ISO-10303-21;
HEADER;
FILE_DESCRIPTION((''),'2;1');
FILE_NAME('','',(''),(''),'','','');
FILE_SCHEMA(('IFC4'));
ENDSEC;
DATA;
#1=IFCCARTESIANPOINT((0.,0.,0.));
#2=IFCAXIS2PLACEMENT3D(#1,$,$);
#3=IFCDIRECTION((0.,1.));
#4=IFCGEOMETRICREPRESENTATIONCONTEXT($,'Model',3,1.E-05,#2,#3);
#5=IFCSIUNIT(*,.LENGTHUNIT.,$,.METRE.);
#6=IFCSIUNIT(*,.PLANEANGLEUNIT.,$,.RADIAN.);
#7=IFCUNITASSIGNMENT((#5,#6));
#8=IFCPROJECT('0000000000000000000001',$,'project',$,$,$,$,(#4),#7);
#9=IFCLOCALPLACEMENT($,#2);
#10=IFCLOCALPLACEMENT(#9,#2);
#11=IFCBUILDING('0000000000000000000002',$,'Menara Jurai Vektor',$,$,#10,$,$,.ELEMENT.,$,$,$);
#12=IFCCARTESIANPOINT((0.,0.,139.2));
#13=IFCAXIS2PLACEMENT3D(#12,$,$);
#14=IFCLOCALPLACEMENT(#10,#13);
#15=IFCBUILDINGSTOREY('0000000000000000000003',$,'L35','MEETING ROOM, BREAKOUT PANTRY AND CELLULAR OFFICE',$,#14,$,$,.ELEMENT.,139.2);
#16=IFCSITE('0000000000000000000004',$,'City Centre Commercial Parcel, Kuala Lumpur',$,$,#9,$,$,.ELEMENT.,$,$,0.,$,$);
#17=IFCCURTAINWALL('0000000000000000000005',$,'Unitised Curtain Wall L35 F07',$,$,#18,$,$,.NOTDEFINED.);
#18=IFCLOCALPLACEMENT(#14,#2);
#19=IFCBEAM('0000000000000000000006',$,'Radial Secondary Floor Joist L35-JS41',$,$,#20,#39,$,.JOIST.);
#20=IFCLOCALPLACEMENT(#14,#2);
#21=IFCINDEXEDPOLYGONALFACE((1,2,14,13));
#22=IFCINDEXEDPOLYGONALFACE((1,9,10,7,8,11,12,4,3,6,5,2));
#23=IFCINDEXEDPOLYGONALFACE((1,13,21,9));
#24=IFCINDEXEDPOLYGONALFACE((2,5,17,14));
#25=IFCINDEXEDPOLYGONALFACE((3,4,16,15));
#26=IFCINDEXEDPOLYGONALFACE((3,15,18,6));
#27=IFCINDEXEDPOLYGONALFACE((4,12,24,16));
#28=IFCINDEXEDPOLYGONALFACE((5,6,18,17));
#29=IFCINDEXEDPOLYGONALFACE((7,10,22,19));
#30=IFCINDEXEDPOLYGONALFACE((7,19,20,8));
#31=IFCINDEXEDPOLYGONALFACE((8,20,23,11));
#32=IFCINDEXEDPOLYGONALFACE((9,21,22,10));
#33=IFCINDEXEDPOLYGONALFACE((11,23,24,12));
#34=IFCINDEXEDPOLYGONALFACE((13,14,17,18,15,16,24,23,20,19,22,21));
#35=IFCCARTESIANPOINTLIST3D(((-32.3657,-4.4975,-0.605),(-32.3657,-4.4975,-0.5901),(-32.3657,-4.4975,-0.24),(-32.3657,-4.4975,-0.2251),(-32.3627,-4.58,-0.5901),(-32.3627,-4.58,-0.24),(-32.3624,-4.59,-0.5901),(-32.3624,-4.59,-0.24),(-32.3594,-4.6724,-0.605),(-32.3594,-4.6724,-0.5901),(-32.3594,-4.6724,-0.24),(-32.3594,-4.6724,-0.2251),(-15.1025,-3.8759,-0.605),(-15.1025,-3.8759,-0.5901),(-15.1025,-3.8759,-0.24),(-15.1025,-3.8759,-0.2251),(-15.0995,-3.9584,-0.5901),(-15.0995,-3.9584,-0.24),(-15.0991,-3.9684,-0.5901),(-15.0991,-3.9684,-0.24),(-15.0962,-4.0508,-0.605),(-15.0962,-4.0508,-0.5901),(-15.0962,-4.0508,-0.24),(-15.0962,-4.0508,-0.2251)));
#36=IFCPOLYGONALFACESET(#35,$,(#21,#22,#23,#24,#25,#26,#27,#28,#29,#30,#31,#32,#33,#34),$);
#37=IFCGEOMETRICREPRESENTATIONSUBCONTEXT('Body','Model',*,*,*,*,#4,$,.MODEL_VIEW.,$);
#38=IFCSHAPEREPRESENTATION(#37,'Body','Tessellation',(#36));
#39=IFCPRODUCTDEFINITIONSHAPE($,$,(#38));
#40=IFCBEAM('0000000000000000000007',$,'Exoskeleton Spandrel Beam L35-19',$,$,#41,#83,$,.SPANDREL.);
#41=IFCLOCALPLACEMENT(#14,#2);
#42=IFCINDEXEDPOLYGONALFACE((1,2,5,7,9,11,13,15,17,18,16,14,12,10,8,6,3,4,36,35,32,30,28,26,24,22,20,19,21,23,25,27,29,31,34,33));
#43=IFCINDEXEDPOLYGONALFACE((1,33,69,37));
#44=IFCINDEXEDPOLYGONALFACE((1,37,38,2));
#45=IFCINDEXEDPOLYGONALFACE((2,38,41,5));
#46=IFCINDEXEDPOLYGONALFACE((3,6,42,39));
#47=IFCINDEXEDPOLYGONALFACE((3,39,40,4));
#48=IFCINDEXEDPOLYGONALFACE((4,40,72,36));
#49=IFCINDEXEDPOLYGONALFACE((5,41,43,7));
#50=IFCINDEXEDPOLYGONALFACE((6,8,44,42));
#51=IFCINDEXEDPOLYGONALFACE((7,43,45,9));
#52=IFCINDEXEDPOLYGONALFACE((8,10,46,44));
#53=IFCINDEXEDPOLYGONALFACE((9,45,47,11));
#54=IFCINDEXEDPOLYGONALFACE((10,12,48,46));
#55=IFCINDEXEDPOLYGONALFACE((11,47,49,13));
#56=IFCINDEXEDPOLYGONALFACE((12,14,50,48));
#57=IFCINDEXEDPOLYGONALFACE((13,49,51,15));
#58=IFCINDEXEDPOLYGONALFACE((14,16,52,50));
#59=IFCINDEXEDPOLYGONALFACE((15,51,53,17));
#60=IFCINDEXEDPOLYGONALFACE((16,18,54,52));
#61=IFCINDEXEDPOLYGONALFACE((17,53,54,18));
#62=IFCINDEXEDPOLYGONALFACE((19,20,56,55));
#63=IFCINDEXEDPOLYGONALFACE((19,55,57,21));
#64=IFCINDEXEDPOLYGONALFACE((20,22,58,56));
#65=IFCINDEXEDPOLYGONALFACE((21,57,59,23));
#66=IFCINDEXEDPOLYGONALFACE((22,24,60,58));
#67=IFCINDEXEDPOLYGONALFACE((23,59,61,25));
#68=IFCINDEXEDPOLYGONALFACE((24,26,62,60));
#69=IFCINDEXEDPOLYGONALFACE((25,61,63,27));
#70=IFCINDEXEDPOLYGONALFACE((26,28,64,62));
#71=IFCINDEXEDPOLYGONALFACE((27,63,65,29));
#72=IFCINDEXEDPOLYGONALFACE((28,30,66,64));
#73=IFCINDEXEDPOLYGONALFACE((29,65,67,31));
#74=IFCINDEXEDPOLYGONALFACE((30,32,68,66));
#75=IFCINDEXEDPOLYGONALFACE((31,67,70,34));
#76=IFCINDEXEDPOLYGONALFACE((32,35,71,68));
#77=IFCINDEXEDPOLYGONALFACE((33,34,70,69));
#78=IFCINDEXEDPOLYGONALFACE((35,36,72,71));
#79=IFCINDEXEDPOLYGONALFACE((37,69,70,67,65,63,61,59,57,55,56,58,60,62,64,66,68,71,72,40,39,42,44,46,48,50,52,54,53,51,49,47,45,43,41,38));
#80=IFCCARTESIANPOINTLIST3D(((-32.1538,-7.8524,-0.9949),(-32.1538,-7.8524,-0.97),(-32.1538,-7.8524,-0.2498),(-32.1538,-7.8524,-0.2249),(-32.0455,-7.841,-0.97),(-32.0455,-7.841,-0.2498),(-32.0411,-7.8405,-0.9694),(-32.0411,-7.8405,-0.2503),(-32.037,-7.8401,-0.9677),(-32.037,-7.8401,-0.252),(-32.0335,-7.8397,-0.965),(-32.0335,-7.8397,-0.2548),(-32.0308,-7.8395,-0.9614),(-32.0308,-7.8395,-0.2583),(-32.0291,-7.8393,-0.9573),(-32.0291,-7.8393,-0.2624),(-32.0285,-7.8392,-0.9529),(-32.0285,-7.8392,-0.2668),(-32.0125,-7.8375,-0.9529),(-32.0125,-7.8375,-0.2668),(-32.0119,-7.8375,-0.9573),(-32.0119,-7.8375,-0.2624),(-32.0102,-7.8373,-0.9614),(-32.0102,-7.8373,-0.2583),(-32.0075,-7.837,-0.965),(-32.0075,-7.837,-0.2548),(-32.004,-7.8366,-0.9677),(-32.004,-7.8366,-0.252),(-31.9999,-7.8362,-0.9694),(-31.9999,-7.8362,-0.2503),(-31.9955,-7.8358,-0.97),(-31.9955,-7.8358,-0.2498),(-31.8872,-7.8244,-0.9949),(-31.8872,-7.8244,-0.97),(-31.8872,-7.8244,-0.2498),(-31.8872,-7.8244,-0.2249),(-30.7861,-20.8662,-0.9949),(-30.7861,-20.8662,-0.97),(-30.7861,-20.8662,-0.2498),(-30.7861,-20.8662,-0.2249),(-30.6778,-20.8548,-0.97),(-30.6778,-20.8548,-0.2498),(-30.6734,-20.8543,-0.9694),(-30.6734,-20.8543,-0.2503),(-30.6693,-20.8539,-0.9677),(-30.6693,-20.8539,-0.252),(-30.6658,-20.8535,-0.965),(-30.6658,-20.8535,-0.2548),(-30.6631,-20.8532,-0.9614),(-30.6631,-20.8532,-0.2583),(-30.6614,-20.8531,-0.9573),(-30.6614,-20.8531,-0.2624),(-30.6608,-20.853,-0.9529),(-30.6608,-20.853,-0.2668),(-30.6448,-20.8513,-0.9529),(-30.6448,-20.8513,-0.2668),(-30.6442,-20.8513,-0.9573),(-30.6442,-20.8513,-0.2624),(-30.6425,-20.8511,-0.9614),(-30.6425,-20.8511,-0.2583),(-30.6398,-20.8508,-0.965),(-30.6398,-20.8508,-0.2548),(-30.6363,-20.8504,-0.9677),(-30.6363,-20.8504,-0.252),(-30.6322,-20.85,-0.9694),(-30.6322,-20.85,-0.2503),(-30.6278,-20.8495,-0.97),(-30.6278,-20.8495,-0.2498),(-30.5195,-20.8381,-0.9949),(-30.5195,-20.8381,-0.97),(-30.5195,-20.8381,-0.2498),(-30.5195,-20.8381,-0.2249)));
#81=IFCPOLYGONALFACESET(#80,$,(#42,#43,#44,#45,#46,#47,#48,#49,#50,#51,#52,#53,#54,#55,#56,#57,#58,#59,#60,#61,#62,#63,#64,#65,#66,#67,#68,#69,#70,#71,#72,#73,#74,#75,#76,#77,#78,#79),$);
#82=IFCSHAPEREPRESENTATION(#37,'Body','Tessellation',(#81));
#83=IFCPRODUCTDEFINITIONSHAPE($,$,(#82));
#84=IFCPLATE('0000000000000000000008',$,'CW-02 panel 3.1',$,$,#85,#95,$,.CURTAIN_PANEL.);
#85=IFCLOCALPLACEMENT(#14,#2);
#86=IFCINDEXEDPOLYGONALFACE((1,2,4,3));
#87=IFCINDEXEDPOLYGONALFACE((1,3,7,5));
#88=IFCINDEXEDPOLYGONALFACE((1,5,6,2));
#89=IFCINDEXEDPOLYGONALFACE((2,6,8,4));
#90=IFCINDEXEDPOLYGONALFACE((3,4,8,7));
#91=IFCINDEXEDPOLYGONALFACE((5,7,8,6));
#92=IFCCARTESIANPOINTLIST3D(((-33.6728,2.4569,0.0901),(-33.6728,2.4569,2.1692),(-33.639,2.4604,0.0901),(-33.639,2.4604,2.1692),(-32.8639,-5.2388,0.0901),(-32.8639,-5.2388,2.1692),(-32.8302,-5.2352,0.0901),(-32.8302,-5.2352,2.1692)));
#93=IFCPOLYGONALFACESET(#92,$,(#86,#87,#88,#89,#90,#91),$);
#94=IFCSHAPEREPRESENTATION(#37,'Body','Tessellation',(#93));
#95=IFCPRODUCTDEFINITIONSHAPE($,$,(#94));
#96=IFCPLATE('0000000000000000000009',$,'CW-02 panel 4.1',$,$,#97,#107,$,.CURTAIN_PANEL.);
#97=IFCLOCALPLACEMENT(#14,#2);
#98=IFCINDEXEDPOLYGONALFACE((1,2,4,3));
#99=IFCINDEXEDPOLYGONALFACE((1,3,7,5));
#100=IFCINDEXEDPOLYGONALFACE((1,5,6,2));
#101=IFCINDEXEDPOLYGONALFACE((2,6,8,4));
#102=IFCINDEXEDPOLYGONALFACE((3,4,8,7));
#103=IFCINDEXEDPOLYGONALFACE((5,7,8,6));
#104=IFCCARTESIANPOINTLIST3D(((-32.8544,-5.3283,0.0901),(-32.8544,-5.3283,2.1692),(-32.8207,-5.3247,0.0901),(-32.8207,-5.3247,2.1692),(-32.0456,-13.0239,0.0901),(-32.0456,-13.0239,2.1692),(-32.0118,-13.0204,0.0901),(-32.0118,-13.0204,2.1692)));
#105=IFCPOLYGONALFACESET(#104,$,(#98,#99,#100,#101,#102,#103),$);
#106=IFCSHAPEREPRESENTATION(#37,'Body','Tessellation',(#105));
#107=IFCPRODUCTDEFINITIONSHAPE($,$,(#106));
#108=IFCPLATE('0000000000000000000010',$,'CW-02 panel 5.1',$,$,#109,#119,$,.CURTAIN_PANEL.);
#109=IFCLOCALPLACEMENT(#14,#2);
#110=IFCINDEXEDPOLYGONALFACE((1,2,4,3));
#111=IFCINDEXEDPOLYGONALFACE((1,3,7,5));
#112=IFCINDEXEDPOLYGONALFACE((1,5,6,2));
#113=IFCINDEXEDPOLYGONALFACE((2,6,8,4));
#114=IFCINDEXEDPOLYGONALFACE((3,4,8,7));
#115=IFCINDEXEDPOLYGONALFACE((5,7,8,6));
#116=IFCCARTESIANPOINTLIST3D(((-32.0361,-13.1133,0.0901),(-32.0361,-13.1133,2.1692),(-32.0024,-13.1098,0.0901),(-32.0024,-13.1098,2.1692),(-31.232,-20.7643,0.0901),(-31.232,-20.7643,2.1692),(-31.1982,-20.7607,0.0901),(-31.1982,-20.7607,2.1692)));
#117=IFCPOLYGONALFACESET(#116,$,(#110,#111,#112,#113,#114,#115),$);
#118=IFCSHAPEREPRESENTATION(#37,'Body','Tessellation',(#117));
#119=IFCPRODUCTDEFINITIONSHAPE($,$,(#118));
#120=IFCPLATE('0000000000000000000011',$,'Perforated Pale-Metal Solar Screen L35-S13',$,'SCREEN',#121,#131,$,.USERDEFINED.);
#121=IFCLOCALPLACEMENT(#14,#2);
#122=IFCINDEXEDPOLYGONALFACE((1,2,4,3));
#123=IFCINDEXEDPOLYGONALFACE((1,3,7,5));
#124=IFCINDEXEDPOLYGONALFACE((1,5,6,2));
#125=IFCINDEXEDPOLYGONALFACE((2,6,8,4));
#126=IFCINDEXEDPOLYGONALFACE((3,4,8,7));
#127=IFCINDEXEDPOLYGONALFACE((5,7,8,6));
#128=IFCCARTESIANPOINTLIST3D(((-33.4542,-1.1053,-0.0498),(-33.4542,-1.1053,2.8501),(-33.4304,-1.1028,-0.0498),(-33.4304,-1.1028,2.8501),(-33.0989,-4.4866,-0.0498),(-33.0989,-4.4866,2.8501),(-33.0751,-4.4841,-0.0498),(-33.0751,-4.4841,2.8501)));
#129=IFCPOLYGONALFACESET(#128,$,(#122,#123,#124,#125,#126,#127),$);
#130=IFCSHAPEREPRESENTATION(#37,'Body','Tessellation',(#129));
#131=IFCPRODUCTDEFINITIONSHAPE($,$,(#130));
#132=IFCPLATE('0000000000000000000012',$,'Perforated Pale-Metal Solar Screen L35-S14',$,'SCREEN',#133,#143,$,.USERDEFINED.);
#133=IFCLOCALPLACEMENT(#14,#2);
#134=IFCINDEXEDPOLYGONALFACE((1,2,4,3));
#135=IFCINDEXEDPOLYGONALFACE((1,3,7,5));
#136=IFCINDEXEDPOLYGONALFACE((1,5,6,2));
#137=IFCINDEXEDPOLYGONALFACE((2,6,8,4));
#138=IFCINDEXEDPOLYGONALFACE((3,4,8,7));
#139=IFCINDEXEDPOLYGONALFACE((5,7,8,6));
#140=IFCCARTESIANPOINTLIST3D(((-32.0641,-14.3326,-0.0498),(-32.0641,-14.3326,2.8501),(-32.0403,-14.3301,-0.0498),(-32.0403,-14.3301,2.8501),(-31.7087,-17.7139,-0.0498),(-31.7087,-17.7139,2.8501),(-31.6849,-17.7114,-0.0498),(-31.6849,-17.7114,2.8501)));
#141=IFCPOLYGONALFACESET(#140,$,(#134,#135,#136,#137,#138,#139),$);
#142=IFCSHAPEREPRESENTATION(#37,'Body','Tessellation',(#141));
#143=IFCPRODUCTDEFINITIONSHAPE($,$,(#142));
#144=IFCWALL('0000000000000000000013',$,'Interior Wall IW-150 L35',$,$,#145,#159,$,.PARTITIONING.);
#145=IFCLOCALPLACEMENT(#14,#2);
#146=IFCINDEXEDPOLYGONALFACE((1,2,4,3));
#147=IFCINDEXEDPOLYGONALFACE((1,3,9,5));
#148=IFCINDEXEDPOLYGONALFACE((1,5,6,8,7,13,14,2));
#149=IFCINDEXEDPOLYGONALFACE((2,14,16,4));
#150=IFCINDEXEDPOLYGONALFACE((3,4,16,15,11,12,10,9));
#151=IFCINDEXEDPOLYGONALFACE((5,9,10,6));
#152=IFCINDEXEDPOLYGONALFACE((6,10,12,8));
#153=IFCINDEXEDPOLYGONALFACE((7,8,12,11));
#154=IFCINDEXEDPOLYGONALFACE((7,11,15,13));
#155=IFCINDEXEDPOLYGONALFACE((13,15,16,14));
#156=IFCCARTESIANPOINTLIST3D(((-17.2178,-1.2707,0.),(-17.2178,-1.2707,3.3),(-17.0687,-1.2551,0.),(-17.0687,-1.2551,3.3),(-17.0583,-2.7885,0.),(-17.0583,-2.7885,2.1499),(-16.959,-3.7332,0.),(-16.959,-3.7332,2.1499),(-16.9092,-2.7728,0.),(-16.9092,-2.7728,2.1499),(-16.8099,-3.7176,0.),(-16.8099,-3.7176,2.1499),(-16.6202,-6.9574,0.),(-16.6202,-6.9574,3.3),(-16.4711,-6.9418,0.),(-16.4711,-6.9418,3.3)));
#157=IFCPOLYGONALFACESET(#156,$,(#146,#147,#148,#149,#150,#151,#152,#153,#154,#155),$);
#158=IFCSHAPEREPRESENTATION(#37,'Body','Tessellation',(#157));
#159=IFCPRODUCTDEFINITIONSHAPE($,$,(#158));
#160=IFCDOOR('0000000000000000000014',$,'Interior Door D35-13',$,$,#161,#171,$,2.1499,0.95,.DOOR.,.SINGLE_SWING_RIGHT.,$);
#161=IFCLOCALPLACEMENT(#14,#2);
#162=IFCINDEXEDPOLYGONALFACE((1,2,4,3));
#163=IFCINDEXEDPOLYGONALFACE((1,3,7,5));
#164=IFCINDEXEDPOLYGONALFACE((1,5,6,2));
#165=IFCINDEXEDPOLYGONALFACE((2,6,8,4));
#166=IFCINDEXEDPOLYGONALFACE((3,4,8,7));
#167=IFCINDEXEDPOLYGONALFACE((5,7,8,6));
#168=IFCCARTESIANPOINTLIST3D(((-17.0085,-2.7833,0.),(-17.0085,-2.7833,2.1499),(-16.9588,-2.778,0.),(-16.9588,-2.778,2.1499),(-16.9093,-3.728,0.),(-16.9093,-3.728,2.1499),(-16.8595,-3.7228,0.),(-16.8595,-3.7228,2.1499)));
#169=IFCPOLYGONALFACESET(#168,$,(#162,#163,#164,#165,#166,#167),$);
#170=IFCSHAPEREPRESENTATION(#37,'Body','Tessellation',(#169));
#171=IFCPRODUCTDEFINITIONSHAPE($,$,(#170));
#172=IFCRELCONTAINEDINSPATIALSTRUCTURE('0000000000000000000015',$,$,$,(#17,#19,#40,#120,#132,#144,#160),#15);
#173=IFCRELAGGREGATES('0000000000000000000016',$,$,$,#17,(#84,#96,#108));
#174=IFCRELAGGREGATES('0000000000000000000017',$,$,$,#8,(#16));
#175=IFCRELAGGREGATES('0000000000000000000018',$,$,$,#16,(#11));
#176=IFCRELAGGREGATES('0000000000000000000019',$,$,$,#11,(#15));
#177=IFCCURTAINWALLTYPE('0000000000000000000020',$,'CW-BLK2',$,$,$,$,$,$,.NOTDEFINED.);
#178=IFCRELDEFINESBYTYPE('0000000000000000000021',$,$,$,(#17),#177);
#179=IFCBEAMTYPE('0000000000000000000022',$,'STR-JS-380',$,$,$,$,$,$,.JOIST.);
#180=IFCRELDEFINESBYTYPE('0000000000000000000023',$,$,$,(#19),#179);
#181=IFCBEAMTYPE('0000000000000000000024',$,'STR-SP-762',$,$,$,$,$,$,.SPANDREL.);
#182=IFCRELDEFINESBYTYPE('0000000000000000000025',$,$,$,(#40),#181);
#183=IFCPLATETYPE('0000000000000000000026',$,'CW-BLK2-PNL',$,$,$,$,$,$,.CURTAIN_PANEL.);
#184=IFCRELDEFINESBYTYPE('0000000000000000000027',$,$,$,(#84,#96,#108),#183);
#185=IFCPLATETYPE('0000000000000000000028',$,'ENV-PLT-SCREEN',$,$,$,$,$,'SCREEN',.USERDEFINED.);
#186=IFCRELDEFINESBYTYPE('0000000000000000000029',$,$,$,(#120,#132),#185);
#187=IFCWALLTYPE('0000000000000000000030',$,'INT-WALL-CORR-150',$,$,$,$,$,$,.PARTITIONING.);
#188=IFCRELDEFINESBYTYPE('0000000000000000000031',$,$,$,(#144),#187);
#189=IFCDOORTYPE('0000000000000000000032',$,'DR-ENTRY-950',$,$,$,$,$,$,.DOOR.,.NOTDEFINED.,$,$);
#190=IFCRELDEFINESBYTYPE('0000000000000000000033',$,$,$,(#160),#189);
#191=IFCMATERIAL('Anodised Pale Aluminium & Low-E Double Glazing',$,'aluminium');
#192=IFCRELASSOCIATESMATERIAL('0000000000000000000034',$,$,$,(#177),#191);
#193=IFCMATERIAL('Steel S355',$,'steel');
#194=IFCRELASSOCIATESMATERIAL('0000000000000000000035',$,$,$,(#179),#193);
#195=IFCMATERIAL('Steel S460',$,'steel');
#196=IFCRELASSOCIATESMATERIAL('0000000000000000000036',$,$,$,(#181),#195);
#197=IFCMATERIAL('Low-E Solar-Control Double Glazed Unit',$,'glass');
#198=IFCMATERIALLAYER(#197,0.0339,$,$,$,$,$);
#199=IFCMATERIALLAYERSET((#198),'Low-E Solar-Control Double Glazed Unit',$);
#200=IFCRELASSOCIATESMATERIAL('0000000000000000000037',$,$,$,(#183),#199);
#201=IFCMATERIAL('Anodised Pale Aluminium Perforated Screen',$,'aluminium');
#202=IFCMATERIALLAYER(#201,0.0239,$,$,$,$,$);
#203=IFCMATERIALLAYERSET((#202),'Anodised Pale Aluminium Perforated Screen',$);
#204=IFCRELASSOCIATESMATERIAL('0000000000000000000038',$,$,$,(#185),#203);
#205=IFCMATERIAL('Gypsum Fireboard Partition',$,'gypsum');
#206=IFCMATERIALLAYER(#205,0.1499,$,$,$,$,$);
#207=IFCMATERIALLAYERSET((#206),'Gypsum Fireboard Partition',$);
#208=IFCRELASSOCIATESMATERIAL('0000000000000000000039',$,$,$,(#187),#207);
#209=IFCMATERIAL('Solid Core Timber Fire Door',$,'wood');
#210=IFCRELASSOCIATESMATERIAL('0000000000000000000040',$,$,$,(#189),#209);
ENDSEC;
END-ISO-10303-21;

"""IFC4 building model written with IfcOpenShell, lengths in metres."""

from ifc_helpers import new_model, si_unit, direction, frame, frame_2d, origin, origin_2d, place, context, subcontext, project, spatial, rectangle, i_section, extrude, material, layer, layer_set, material_profile, profile_set, type_object, element, fill, aggregate, save


model = new_model("IFC4")

# Units and contexts
model_context = context("Model", 3, precision=1e-05, world=origin(), true_north=direction((0.0, 1.0)))
body_context = subcontext(model_context, "Body", "Model", "MODEL_VIEW")
ifc_project = project(units=[si_unit("LENGTHUNIT", "METRE"), si_unit("PLANEANGLEUNIT", "RADIAN")], contexts=[model_context])

# Site, building, storey
site_placement = place(None, origin())
site = spatial("IfcSite", under=ifc_project, at=site_placement, Name="City Centre Commercial Parcel, Kuala Lumpur", CompositionType="ELEMENT", RefElevation=0.0)
building_placement = place(site_placement, origin())
building = spatial("IfcBuilding", under=site, at=building_placement, Name="Menara Jurai Vektor", CompositionType="ELEMENT")
storey_placement = place(building_placement, frame((0.0, 0.0, 139.2)))
storey = spatial("IfcBuildingStorey", under=building, at=storey_placement, Name="L35", Description="MEETING ROOM, BREAKOUT PANTRY AND CELLULAR OFFICE", CompositionType="ELEMENT", Elevation=139.2)

# Shared definitions
ifc_material_1 = material(Name="Steel S460", Category="steel")

# Curtain wall
ifc_material_2 = material(Name="Anodised Pale Aluminium & Low-E Double Glazing", Category="aluminium")
curtain_wall_type = type_object("IfcCurtainWallType", Name="CW-BLK2", PredefinedType="NOTDEFINED", material=ifc_material_2)
curtain_wall_placement = place(storey_placement, origin())
curtain_wall = element("IfcCurtainWall", 1, at=curtain_wall_placement, inside=storey, type_object=curtain_wall_type, Name="Unitised Curtain Wall L35 F07", PredefinedType="NOTDEFINED")

# Beams
ifc_material_3 = material(Name="Steel S355", Category="steel")
ifc_material_profile_1 = material_profile(ifc_material_3, i_section(OverallWidth=0.175, OverallDepth=0.3799, WebThickness=0.01, FlangeThickness=0.0149, at=origin_2d()), Name="PG 380x175x58")
ifc_profile_set_1 = profile_set([ifc_material_profile_1], Name="Steel S355")
beam_type_1 = type_object("IfcBeamType", Name="STR-JS-380", PredefinedType="JOIST", material=ifc_profile_set_1)
beam_1_placement = place(storey_placement, frame((-32.3625, -4.585, -0.415), z_axis=(0.999352, 0.035983, 0.0), x_axis=(-0.035983, 0.999352, 0.0)))
element("IfcBeam", 2, at=beam_1_placement, inside=storey, type_object=beam_type_1, Name="Radial Secondary Floor Joist L35-JS41", PredefinedType="JOIST", context=body_context, shape_type="SweptSolid", body=[
    extrude(i_section(OverallWidth=0.175, OverallDepth=0.3799, WebThickness=0.01, FlangeThickness=0.0149, at=origin_2d()), origin(), (0.0, 0.0, 1.0), 17.2744),
])
ifc_material_profile_2 = material_profile(ifc_material_1, i_section(OverallWidth=0.2681, OverallDepth=0.77, WebThickness=0.0161, FlangeThickness=0.0249, FilletRadius=0.0171, at=origin_2d()), Name="UKB 762x267x197")
ifc_profile_set_2 = profile_set([ifc_material_profile_2], Name="Steel S460")
beam_type_2 = type_object("IfcBeamType", Name="STR-SP-762", PredefinedType="SPANDREL", material=ifc_profile_set_2)
beam_2_placement = place(storey_placement, frame((-32.0205, -7.8384, -0.6099), z_axis=(0.10452, -0.994523, 0.0), x_axis=(0.994523, 0.10452, 0.0)))
element("IfcBeam", 3, at=beam_2_placement, inside=storey, type_object=beam_type_2, Name="Exoskeleton Spandrel Beam L35-19", PredefinedType="SPANDREL", context=body_context, shape_type="SweptSolid", body=[
    extrude(i_section(OverallWidth=0.2681, OverallDepth=0.77, WebThickness=0.0161, FlangeThickness=0.0249, FilletRadius=0.0171, at=origin_2d()), origin(), (0.0, 0.0, 1.0), 13.0854),
])

# Plates
ifc_material_4 = material(Name="Low-E Solar-Control Double Glazed Unit", Category="glass")
ifc_layer_1 = layer(ifc_material_4, 0.0339)
ifc_layer_set_1 = layer_set([ifc_layer_1], Name="Low-E Solar-Control Double Glazed Unit")
plate_type_1 = type_object("IfcPlateType", Name="CW-BLK2-PNL", PredefinedType="CURTAIN_PANEL", material=ifc_layer_set_1)
plate_1_placement = place(storey_placement, frame((-33.2515, -1.3892, 0.0901), z_axis=(0.0, 0.0, 1.0), x_axis=(0.10453, -0.994522, 0.0)))
plate_1 = element("IfcPlate", 4, at=plate_1_placement, type_object=plate_type_1, Name="CW-02 panel 3.1", PredefinedType="CURTAIN_PANEL", context=body_context, shape_type="SweptSolid", body=[
    extrude(rectangle(XDim=7.738, YDim=0.0339, at=origin_2d()), origin(), (0.0, 0.0, 1.0), 2.0791),
])
plate_2_placement = place(storey_placement, frame((-32.4331, -9.1743, 0.0901), z_axis=(0.0, 0.0, 1.0), x_axis=(0.10453, -0.994522, 0.0)))
plate_2 = element("IfcPlate", 5, at=plate_2_placement, type_object=plate_type_1, Name="CW-02 panel 4.1", PredefinedType="CURTAIN_PANEL", context=body_context, shape_type="SweptSolid", body=[
    extrude(rectangle(XDim=7.738, YDim=0.0339, at=origin_2d()), origin(), (0.0, 0.0, 1.0), 2.0791),
])
plate_3_placement = place(storey_placement, frame((-31.6172, -16.937, 0.0901), z_axis=(0.0, 0.0, 1.0), x_axis=(0.10453, -0.994522, 0.0)))
plate_3 = element("IfcPlate", 6, at=plate_3_placement, type_object=plate_type_1, Name="CW-02 panel 5.1", PredefinedType="CURTAIN_PANEL", context=body_context, shape_type="SweptSolid", body=[
    extrude(rectangle(XDim=7.6931, YDim=0.0339, at=origin_2d()), origin(), (0.0, 0.0, 1.0), 2.0791),
])
aggregate(curtain_wall, [plate_1, plate_2, plate_3])

# Plates
ifc_material_5 = material(Name="Anodised Pale Aluminium Perforated Screen", Category="aluminium")
ifc_layer_2 = layer(ifc_material_5, 0.0239)
ifc_layer_set_2 = layer_set([ifc_layer_2], Name="Anodised Pale Aluminium Perforated Screen")
plate_type_2 = type_object("IfcPlateType", Name="ENV-PLT-SCREEN", ElementType="SCREEN", PredefinedType="USERDEFINED", material=ifc_layer_set_2)
for number, where, z_axis, x_axis, name in (
    (7, (-33.2646, -2.7947, -0.0498), (0.0, 0.0, 1.0), (0.104528, -0.994522, 0.0), "Perforated Pale-Metal Solar Screen L35-S13"),
    (8, (-31.8745, -16.022, -0.0498), (0.0, 0.0, 1.0), (0.104528, -0.994522, 0.0), "Perforated Pale-Metal Solar Screen L35-S14"),
):
    element("IfcPlate", number, at=place(storey_placement, frame(where, z_axis=z_axis, x_axis=x_axis)), inside=storey, type_object=plate_type_2, Name=name, ObjectType="SCREEN", PredefinedType="USERDEFINED", context=body_context, shape_type="SweptSolid", body=[
        extrude(rectangle(XDim=3.3999, YDim=0.0239, at=origin_2d()), origin(), (0.0, 0.0, 1.0), 2.8999),
    ])

# Wall, opening, door
ifc_material_6 = material(Name="Gypsum Fireboard Partition", Category="gypsum")
ifc_layer_3 = layer(ifc_material_6, 0.1499)
ifc_layer_set_3 = layer_set([ifc_layer_3], Name="Gypsum Fireboard Partition")
wall_type_1 = type_object("IfcWallType", Name="INT-WALL-CORR-150", PredefinedType="PARTITIONING", material=ifc_layer_set_3)
ifc_material_7 = material(Name="Solid Core Timber Fire Door", Category="wood")
door_type = type_object("IfcDoorType", Name="DR-ENTRY-950", OperationType="NOTDEFINED", PredefinedType="DOOR", material=ifc_material_7)
wall_1_placement = place(storey_placement, frame((-16.5457, -6.9495, 0.0), z_axis=(0.0, 0.0, 1.0), x_axis=(-0.10452, 0.994523, 0.0)))
wall_1 = element("IfcWall", 9, at=wall_1_placement, inside=storey, type_object=wall_type_1, Name="Interior Wall IW-150 L35", PredefinedType="PARTITIONING", context=body_context, shape_type="SweptSolid", body=[
    extrude(rectangle(XDim=5.718, YDim=0.1499, at=frame_2d((2.8589, 0.0))), origin(), (0.0, 0.0, 1.0), 3.3),
])
opening_1_placement = place(wall_1_placement, frame((3.2417, 0.0, 0.0)))
opening_1 = element("IfcOpeningElement", 10, at=opening_1_placement, cuts=wall_1, PredefinedType="OPENING", context=body_context, shape_type="SweptSolid", body=[
    extrude(rectangle(XDim=0.95, YDim=2.1499, at=frame_2d((0.4751, 1.075))), frame((0.0, 0.085, 0.0), z_axis=(0.0, -1.0, 0.0), x_axis=(1.0, 0.0, 0.0)), (0.0, 0.0, 1.0), 0.1699),
])
door_1_placement = place(opening_1_placement, origin())
door_1 = element("IfcDoor", 11, at=door_1_placement, inside=storey, type_object=door_type, Name="Interior Door D35-13", OperationType="SINGLE_SWING_RIGHT", OverallHeight=2.1499, OverallWidth=0.95, PredefinedType="DOOR", context=body_context, shape_type="SweptSolid", body=[
    extrude(rectangle(XDim=0.95, YDim=2.1499, at=frame_2d((0.4751, 1.075))), frame((0.0, 0.0249, 0.0), z_axis=(0.0, -1.0, 0.0), x_axis=(1.0, 0.0, 0.0)), (0.0, 0.0, 1.0), 0.05),
])
fill(opening_1, door_1)

save(model, "model.ifc")
